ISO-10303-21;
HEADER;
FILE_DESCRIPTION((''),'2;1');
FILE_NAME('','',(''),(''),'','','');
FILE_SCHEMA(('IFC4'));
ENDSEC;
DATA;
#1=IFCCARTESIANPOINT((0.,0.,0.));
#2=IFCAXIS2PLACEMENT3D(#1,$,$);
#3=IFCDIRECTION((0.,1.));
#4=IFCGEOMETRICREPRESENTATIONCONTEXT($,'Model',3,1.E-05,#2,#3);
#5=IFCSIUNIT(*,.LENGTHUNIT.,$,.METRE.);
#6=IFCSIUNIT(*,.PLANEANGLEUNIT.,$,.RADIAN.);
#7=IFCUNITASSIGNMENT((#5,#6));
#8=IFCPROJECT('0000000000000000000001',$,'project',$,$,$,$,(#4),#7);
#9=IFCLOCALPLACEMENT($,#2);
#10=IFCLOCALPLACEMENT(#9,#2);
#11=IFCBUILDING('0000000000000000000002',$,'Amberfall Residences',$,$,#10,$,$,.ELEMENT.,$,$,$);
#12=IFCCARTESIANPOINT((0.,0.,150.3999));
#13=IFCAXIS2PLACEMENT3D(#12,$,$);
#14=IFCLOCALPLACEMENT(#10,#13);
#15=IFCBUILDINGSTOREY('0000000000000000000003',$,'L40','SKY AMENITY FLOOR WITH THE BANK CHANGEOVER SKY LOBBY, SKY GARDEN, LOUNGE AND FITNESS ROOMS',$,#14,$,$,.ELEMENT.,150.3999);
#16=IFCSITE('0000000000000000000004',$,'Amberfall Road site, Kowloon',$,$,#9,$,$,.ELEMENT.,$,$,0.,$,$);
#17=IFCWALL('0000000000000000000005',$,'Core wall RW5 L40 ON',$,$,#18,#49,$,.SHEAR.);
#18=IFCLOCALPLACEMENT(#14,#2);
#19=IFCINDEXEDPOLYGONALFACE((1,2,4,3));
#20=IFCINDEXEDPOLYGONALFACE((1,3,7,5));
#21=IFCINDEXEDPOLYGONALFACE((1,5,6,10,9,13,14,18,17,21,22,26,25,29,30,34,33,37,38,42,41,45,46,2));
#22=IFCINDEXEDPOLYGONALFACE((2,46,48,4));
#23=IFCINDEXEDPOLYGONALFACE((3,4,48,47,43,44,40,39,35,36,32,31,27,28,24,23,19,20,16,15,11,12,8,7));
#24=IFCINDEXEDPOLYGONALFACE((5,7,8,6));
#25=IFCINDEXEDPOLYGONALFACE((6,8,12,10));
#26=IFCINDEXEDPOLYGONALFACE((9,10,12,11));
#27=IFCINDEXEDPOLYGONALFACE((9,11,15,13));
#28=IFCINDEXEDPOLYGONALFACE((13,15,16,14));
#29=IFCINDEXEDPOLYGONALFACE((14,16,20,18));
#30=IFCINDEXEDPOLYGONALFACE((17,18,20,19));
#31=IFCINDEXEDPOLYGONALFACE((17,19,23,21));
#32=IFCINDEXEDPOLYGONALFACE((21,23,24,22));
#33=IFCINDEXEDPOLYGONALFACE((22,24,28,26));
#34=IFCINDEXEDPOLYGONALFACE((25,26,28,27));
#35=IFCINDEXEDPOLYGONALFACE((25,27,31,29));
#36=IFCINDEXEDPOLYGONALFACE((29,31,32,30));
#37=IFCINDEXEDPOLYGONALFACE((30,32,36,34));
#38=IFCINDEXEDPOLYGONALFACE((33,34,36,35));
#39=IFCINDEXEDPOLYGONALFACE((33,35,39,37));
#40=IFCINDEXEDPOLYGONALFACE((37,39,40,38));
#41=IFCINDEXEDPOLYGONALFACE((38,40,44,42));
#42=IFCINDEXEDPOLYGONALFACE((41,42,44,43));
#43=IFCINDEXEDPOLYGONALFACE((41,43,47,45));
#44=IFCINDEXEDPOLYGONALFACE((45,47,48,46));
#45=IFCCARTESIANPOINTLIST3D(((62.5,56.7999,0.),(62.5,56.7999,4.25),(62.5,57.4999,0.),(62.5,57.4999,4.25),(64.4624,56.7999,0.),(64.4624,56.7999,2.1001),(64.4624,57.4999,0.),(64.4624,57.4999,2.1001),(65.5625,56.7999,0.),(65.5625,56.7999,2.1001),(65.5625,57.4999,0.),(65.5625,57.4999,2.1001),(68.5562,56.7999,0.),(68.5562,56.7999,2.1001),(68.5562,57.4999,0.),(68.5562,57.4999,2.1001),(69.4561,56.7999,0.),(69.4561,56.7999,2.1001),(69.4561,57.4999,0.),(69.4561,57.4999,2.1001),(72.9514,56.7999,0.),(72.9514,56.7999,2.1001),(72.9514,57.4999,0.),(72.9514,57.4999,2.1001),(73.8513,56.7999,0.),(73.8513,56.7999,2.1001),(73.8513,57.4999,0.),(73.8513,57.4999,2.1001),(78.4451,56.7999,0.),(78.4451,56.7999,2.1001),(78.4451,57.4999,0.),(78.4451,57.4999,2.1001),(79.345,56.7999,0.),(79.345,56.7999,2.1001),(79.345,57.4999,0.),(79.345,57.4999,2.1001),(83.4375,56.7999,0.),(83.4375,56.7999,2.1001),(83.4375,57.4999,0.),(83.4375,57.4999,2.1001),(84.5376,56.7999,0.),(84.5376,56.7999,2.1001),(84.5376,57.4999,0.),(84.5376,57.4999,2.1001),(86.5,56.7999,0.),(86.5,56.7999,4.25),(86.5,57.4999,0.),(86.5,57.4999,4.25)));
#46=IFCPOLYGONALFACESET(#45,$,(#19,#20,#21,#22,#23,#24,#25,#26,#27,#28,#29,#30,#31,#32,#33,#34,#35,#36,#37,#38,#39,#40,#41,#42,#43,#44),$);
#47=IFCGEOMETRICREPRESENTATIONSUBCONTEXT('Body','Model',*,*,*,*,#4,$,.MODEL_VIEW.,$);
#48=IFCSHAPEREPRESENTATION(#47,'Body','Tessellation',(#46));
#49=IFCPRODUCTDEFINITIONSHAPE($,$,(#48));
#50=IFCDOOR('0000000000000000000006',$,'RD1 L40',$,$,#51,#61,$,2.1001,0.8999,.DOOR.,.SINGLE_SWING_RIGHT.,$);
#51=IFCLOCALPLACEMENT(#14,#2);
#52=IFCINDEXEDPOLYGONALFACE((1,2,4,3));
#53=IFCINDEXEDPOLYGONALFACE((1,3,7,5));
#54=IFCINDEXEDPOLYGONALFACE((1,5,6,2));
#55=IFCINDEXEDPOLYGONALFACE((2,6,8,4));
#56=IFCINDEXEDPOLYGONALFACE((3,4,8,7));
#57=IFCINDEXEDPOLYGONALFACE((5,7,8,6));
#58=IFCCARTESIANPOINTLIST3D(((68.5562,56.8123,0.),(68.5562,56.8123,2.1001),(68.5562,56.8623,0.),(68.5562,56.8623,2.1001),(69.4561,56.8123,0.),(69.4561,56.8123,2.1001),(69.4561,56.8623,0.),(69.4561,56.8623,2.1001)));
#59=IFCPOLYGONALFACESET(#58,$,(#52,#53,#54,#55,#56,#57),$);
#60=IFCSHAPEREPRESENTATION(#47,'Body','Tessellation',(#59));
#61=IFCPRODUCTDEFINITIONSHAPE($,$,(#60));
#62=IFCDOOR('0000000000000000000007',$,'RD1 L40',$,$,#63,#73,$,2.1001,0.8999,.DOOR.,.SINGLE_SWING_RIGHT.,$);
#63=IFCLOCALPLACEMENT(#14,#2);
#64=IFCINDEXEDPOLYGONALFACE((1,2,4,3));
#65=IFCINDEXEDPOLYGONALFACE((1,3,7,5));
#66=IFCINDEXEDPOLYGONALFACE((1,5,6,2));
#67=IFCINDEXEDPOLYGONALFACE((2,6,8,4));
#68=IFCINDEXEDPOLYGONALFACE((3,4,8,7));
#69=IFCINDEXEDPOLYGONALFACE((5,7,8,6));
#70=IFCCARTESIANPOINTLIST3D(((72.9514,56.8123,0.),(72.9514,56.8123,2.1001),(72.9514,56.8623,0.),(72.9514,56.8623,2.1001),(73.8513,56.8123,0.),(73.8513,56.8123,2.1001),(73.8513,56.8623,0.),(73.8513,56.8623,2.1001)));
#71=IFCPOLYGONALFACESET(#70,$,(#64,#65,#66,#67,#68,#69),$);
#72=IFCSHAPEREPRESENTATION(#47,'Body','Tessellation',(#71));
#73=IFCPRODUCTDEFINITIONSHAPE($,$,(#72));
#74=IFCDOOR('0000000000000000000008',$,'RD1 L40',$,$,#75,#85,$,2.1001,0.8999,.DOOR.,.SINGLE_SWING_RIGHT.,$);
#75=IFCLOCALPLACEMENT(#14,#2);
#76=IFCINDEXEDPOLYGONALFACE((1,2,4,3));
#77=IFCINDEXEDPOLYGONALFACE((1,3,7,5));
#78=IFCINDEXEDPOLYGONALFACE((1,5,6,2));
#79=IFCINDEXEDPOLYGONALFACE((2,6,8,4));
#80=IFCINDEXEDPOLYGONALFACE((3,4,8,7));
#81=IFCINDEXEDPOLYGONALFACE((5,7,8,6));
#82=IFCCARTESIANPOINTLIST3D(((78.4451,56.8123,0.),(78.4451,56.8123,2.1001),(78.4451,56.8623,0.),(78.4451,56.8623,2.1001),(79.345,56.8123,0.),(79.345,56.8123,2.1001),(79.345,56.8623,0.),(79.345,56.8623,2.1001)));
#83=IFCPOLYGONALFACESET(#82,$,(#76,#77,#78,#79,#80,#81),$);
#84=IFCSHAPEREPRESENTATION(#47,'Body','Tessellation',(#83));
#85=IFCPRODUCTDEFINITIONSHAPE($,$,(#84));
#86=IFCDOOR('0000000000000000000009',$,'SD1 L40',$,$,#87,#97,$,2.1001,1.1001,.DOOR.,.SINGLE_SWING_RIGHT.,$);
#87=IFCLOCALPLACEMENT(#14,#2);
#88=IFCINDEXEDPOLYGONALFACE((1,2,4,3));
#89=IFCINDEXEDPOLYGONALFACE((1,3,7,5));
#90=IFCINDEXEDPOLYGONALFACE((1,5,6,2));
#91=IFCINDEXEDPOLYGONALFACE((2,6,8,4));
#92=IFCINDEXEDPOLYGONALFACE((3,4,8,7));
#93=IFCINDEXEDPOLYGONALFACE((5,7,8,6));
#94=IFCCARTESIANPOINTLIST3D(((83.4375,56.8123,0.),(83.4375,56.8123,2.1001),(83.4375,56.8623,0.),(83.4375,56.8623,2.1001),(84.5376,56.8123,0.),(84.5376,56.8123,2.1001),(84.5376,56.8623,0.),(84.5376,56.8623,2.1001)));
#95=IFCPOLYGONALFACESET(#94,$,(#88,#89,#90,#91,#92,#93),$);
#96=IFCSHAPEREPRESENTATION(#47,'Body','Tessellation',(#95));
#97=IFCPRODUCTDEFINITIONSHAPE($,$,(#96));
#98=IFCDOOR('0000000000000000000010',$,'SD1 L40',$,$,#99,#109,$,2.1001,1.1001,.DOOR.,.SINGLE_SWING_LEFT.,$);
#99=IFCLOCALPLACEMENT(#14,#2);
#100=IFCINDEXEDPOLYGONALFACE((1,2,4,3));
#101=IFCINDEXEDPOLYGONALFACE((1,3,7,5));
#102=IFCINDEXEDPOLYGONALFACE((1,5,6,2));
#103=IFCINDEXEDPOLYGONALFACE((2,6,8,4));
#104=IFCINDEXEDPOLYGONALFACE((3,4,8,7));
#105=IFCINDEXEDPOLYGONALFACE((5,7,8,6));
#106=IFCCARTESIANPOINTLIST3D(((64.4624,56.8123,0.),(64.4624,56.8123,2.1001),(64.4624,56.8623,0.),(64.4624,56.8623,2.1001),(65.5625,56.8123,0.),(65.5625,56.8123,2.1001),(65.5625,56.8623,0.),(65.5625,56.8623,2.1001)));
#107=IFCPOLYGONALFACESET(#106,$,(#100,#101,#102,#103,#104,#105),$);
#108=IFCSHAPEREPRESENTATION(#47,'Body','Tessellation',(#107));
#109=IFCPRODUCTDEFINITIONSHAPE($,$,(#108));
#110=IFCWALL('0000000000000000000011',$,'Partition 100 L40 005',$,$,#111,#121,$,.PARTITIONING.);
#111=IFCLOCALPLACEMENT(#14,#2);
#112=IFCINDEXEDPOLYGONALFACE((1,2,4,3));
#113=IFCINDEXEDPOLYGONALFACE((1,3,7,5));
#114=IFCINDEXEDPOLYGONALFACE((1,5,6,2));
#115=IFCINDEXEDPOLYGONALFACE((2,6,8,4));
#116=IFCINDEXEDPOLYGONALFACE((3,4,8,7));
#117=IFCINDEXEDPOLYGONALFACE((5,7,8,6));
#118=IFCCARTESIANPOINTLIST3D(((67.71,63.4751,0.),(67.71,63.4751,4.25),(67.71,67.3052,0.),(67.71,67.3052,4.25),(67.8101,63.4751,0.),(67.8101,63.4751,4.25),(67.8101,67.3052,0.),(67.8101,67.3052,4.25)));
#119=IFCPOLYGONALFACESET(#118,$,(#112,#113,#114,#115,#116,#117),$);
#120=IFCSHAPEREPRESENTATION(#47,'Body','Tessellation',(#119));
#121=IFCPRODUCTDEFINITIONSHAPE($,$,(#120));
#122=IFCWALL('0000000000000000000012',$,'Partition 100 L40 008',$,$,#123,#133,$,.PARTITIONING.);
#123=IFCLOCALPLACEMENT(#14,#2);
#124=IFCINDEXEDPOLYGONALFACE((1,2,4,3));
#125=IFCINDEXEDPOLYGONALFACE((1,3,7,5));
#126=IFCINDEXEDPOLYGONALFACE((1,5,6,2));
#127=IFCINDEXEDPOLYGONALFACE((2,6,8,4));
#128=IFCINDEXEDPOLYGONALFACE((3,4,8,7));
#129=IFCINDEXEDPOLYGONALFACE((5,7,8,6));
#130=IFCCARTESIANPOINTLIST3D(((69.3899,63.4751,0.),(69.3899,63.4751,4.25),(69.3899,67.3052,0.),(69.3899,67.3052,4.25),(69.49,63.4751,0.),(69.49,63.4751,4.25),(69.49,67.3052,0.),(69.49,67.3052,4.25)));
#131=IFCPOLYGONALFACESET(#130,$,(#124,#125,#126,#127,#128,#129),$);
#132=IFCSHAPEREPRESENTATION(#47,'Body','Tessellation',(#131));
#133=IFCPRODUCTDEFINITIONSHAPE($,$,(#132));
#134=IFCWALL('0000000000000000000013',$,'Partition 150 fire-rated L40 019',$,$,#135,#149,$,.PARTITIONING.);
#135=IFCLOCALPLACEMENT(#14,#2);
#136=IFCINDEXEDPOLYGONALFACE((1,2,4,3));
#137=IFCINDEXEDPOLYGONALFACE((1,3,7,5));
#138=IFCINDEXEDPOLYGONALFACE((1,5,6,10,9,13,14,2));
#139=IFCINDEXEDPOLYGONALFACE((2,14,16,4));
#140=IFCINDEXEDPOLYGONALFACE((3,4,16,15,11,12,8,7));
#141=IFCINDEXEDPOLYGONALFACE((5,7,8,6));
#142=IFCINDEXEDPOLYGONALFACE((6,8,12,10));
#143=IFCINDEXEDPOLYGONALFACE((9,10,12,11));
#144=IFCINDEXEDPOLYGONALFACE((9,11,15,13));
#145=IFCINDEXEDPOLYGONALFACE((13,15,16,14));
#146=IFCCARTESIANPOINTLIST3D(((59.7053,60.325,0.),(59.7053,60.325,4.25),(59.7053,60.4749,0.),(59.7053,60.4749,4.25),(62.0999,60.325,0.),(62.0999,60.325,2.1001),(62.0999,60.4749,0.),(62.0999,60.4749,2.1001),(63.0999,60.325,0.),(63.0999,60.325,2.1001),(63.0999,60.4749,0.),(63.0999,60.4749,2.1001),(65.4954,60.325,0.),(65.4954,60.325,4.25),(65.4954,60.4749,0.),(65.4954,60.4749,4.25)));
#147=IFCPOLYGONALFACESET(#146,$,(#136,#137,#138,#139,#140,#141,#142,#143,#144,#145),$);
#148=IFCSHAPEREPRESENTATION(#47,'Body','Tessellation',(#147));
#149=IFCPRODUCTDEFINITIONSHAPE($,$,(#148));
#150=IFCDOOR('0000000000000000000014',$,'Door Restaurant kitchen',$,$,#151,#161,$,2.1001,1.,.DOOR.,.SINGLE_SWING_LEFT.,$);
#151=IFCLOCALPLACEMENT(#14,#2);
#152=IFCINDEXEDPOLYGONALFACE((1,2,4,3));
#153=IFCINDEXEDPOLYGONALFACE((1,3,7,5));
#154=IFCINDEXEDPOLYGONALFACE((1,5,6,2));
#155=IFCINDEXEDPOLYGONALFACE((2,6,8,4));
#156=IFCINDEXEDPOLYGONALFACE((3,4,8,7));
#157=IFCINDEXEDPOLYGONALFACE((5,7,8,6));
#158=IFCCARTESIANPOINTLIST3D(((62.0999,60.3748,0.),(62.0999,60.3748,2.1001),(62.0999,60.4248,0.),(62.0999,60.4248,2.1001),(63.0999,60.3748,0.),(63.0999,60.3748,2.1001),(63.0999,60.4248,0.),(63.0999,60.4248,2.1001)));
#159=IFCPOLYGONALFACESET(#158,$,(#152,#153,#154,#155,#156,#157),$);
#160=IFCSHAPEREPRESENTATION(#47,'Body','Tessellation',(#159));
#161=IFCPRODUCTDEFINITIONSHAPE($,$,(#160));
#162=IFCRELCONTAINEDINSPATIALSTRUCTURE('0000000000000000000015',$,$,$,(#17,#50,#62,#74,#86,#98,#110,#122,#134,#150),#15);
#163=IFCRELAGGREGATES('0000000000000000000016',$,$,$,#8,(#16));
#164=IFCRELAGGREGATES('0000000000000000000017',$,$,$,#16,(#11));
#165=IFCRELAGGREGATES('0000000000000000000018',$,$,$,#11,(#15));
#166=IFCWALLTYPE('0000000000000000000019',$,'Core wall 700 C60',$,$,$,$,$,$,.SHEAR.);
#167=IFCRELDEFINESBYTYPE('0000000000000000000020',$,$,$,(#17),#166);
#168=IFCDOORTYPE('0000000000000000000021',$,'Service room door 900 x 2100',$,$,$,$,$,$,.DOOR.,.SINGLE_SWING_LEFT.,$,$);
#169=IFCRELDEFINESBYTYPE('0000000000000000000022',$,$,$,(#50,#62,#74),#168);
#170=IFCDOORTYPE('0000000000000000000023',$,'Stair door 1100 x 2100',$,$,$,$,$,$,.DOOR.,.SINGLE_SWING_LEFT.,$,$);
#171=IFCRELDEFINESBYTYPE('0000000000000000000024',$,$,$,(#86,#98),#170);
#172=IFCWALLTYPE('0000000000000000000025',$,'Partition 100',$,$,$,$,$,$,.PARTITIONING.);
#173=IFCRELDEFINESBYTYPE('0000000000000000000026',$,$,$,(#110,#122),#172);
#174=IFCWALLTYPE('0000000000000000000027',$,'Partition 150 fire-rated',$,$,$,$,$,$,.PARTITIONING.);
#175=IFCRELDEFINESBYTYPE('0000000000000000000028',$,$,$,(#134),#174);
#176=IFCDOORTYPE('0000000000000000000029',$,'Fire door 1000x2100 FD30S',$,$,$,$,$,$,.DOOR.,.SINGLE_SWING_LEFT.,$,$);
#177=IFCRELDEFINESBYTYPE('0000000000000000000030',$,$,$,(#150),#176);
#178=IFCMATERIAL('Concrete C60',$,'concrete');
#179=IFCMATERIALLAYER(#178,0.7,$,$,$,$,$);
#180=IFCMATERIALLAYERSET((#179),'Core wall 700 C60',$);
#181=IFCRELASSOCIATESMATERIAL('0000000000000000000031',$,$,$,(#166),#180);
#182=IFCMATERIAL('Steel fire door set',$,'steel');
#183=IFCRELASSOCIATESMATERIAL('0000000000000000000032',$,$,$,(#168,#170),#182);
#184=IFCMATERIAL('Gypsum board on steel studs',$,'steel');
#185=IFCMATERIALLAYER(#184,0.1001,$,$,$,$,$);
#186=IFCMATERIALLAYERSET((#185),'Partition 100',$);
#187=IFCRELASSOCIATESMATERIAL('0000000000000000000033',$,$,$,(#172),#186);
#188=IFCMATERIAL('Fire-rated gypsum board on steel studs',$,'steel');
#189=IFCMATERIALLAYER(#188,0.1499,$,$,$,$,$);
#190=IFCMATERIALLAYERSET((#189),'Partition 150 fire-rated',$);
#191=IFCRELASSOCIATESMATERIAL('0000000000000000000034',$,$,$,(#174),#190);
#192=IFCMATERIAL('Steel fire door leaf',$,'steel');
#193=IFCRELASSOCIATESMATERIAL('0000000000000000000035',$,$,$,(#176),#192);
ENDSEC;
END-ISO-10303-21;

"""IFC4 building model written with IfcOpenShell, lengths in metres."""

from ifc_helpers import new_model, si_unit, direction, frame, frame_2d, origin, place, context, subcontext, project, spatial, rectangle, extrude, material, layer, layer_set, type_object, element, fill, save


model = new_model("IFC4")

# Units and contexts
model_context = context("Model", 3, precision=1e-05, world=origin(), true_north=direction((0.0, 1.0)))
body_context = subcontext(model_context, "Body", "Model", "MODEL_VIEW")
ifc_project = project(units=[si_unit("LENGTHUNIT", "METRE"), si_unit("PLANEANGLEUNIT", "RADIAN")], contexts=[model_context])

# Site, building, storey
site_placement = place(None, origin())
site = spatial("IfcSite", under=ifc_project, at=site_placement, Name="Amberfall Road site, Kowloon", CompositionType="ELEMENT", RefElevation=0.0)
building_placement = place(site_placement, origin())
building = spatial("IfcBuilding", under=site, at=building_placement, Name="Amberfall Residences", CompositionType="ELEMENT")
storey_placement = place(building_placement, frame((0.0, 0.0, 150.3999)))
storey = spatial("IfcBuildingStorey", under=building, at=storey_placement, Name="L40", Description="SKY AMENITY FLOOR WITH THE BANK CHANGEOVER SKY LOBBY, SKY GARDEN, LOUNGE AND FITNESS ROOMS", CompositionType="ELEMENT", Elevation=150.3999)

# Shared definitions
ifc_material_1 = material(Name="Concrete C60", Category="concrete")

# Wall, openings, doors
ifc_layer_1 = layer(ifc_material_1, 0.7)
ifc_layer_set_1 = layer_set([ifc_layer_1], Name="Core wall 700 C60")
wall_type_1 = type_object("IfcWallType", Name="Core wall 700 C60", PredefinedType="SHEAR", material=ifc_layer_set_1)
wall_1_placement = place(storey_placement, frame((62.5, 57.1499, 0.0), z_axis=(0.0, 0.0, 1.0), x_axis=(1.0, 0.0, 0.0)))
wall_1 = element("IfcWall", 1, at=wall_1_placement, inside=storey, type_object=wall_type_1, Name="Core wall RW5 L40 ON", PredefinedType="SHEAR", context=body_context, shape_type="SweptSolid", body=[
    extrude(rectangle(XDim=24.0, YDim=0.7, at=frame_2d((12.0, 0.0))), origin(), (0.0, 0.0, 1.0), 4.25),
])
opening_1_placement = place(wall_1_placement, frame((20.9375, 0.0, 0.0)))
opening_1 = element("IfcOpeningElement", 2, at=opening_1_placement, cuts=wall_1, PredefinedType="OPENING", context=body_context, shape_type="SweptSolid", body=[
    extrude(rectangle(XDim=1.1001, YDim=2.1001, at=frame_2d((0.55, 1.05))), frame((0.0, 0.3599, 0.0), z_axis=(0.0, -1.0, 0.0), x_axis=(1.0, 0.0, 0.0)), (0.0, 0.0, 1.0), 0.72),
])
opening_2_placement = place(wall_1_placement, frame((1.9624, 0.0, 0.0)))
opening_2 = element("IfcOpeningElement", 3, at=opening_2_placement, cuts=wall_1, PredefinedType="OPENING", context=body_context, shape_type="SweptSolid", body=[
    extrude(rectangle(XDim=1.1001, YDim=2.1001, at=frame_2d((0.55, 1.05))), frame((0.0, 0.3599, 0.0), z_axis=(0.0, -1.0, 0.0), x_axis=(1.0, 0.0, 0.0)), (0.0, 0.0, 1.0), 0.72),
])
opening_3_placement = place(wall_1_placement, frame((6.0562, 0.0, 0.0)))
opening_3 = element("IfcOpeningElement", 4, at=opening_3_placement, cuts=wall_1, PredefinedType="OPENING", context=body_context, shape_type="SweptSolid", body=[
    extrude(rectangle(XDim=0.8999, YDim=2.1001, at=frame_2d((0.45, 1.05))), frame((0.0, 0.3599, 0.0), z_axis=(0.0, -1.0, 0.0), x_axis=(1.0, 0.0, 0.0)), (0.0, 0.0, 1.0), 0.72),
])
opening_4_placement = place(wall_1_placement, frame((10.4514, 0.0, 0.0)))
opening_4 = element("IfcOpeningElement", 5, at=opening_4_placement, cuts=wall_1, PredefinedType="OPENING", context=body_context, shape_type="SweptSolid", body=[
    extrude(rectangle(XDim=0.8999, YDim=2.1001, at=frame_2d((0.45, 1.05))), frame((0.0, 0.3599, 0.0), z_axis=(0.0, -1.0, 0.0), x_axis=(1.0, 0.0, 0.0)), (0.0, 0.0, 1.0), 0.72),
])
opening_5_placement = place(wall_1_placement, frame((15.9451, 0.0, 0.0)))
opening_5 = element("IfcOpeningElement", 6, at=opening_5_placement, cuts=wall_1, PredefinedType="OPENING", context=body_context, shape_type="SweptSolid", body=[
    extrude(rectangle(XDim=0.8999, YDim=2.1001, at=frame_2d((0.45, 1.05))), frame((0.0, 0.3599, 0.0), z_axis=(0.0, -1.0, 0.0), x_axis=(1.0, 0.0, 0.0)), (0.0, 0.0, 1.0), 0.72),
])
ifc_material_2 = material(Name="Steel fire door set", Category="steel")
door_type_1 = type_object("IfcDoorType", Name="Service room door 900 x 2100", OperationType="SINGLE_SWING_LEFT", PredefinedType="DOOR", material=ifc_material_2)
door_1_placement = place(opening_3_placement, origin())
door_1 = element("IfcDoor", 7, at=door_1_placement, inside=storey, type_object=door_type_1, Name="RD1 L40", OperationType="SINGLE_SWING_RIGHT", OverallHeight=2.1001, OverallWidth=0.8999, PredefinedType="DOOR", context=body_context, shape_type="SweptSolid", body=[
    extrude(rectangle(XDim=0.8999, YDim=2.1001, at=frame_2d((0.45, 1.05))), frame((0.0, -0.2876, 0.0), z_axis=(0.0, -1.0, 0.0), x_axis=(1.0, 0.0, 0.0)), (0.0, 0.0, 1.0), 0.05),
])
fill(opening_3, door_1)
door_2_placement = place(opening_4_placement, origin())
door_2 = element("IfcDoor", 8, at=door_2_placement, inside=storey, type_object=door_type_1, Name="RD1 L40", OperationType="SINGLE_SWING_RIGHT", OverallHeight=2.1001, OverallWidth=0.8999, PredefinedType="DOOR", context=body_context, shape_type="SweptSolid", body=[
    extrude(rectangle(XDim=0.8999, YDim=2.1001, at=frame_2d((0.45, 1.05))), frame((0.0, -0.2876, 0.0), z_axis=(0.0, -1.0, 0.0), x_axis=(1.0, 0.0, 0.0)), (0.0, 0.0, 1.0), 0.05),
])
fill(opening_4, door_2)
door_3_placement = place(opening_5_placement, origin())
door_3 = element("IfcDoor", 9, at=door_3_placement, inside=storey, type_object=door_type_1, Name="RD1 L40", OperationType="SINGLE_SWING_RIGHT", OverallHeight=2.1001, OverallWidth=0.8999, PredefinedType="DOOR", context=body_context, shape_type="SweptSolid", body=[
    extrude(rectangle(XDim=0.8999, YDim=2.1001, at=frame_2d((0.45, 1.05))), frame((0.0, -0.2876, 0.0), z_axis=(0.0, -1.0, 0.0), x_axis=(1.0, 0.0, 0.0)), (0.0, 0.0, 1.0), 0.05),
])
fill(opening_5, door_3)
door_type_2 = type_object("IfcDoorType", Name="Stair door 1100 x 2100", OperationType="SINGLE_SWING_LEFT", PredefinedType="DOOR", material=ifc_material_2)
door_4_placement = place(opening_1_placement, origin())
door_4 = element("IfcDoor", 10, at=door_4_placement, inside=storey, type_object=door_type_2, Name="SD1 L40", OperationType="SINGLE_SWING_RIGHT", OverallHeight=2.1001, OverallWidth=1.1001, PredefinedType="DOOR", context=body_context, shape_type="SweptSolid", body=[
    extrude(rectangle(XDim=1.1001, YDim=2.1001, at=frame_2d((0.55, 1.05))), frame((0.0, -0.2876, 0.0), z_axis=(0.0, -1.0, 0.0), x_axis=(1.0, 0.0, 0.0)), (0.0, 0.0, 1.0), 0.05),
])
fill(opening_1, door_4)
door_5_placement = place(opening_2_placement, origin())
door_5 = element("IfcDoor", 11, at=door_5_placement, inside=storey, type_object=door_type_2, Name="SD1 L40", OperationType="SINGLE_SWING_LEFT", OverallHeight=2.1001, OverallWidth=1.1001, PredefinedType="DOOR", context=body_context, shape_type="SweptSolid", body=[
    extrude(rectangle(XDim=1.1001, YDim=2.1001, at=frame_2d((0.55, 1.05))), frame((0.0, -0.2876, 0.0), z_axis=(0.0, -1.0, 0.0), x_axis=(1.0, 0.0, 0.0)), (0.0, 0.0, 1.0), 0.05),
])
fill(opening_2, door_5)

# Walls
ifc_material_3 = material(Name="Gypsum board on steel studs", Category="steel")
ifc_layer_2 = layer(ifc_material_3, 0.1001)
ifc_layer_set_2 = layer_set([ifc_layer_2], Name="Partition 100")
wall_type_2 = type_object("IfcWallType", Name="Partition 100", PredefinedType="PARTITIONING", material=ifc_layer_set_2)
for number, where, z_axis, x_axis, name in (
    (12, (67.76, 63.4751, 0.0), (0.0, 0.0, 1.0), (0.0, 1.0, 0.0), "Partition 100 L40 005"),
    (13, (69.4399, 63.4751, 0.0), (0.0, 0.0, 1.0), (0.0, 1.0, 0.0), "Partition 100 L40 008"),
):
    element("IfcWall", number, at=place(storey_placement, frame(where, z_axis=z_axis, x_axis=x_axis)), inside=storey, type_object=wall_type_2, Name=name, PredefinedType="PARTITIONING", context=body_context, shape_type="SweptSolid", body=[
        extrude(rectangle(XDim=3.8301, YDim=0.1001, at=frame_2d((1.915, 0.0))), origin(), (0.0, 0.0, 1.0), 4.25),
    ])

# Wall, opening, door
ifc_material_4 = material(Name="Fire-rated gypsum board on steel studs", Category="steel")
ifc_layer_3 = layer(ifc_material_4, 0.1499)
ifc_layer_set_3 = layer_set([ifc_layer_3], Name="Partition 150 fire-rated")
wall_type_3 = type_object("IfcWallType", Name="Partition 150 fire-rated", PredefinedType="PARTITIONING", material=ifc_layer_set_3)
wall_2_placement = place(storey_placement, frame((59.7053, 60.3999, 0.0), z_axis=(0.0, 0.0, 1.0), x_axis=(1.0, 0.0, 0.0)))
wall_2 = element("IfcWall", 14, at=wall_2_placement, inside=storey, type_object=wall_type_3, Name="Partition 150 fire-rated L40 019", PredefinedType="PARTITIONING", context=body_context, shape_type="SweptSolid", body=[
    extrude(rectangle(XDim=5.79, YDim=0.1499, at=frame_2d((2.895, 0.0))), origin(), (0.0, 0.0, 1.0), 4.25),
])
opening_6_placement = place(wall_2_placement, frame((2.3945, 0.0, 0.0)))
opening_6 = element("IfcOpeningElement", 15, at=opening_6_placement, cuts=wall_2, PredefinedType="OPENING", context=body_context, shape_type="SweptSolid", body=[
    extrude(rectangle(XDim=1.0, YDim=2.1001, at=frame_2d((0.5, 1.05))), frame((0.0, 0.085, 0.0), z_axis=(0.0, -1.0, 0.0), x_axis=(1.0, 0.0, 0.0)), (0.0, 0.0, 1.0), 0.1699),
])
ifc_material_5 = material(Name="Steel fire door leaf", Category="steel")
door_type_3 = type_object("IfcDoorType", Name="Fire door 1000x2100 FD30S", OperationType="SINGLE_SWING_LEFT", PredefinedType="DOOR", material=ifc_material_5)
door_6_placement = place(opening_6_placement, origin())
door_6 = element("IfcDoor", 16, at=door_6_placement, inside=storey, type_object=door_type_3, Name="Door Restaurant kitchen", OperationType="SINGLE_SWING_LEFT", OverallHeight=2.1001, OverallWidth=1.0, PredefinedType="DOOR", context=body_context, shape_type="SweptSolid", body=[
    extrude(rectangle(XDim=1.0, YDim=2.1001, at=frame_2d((0.5, 1.05))), frame((0.0, 0.0249, 0.0), z_axis=(0.0, -1.0, 0.0), x_axis=(1.0, 0.0, 0.0)), (0.0, 0.0, 1.0), 0.05),
])
fill(opening_6, door_6)

save(model, "model.ifc")
